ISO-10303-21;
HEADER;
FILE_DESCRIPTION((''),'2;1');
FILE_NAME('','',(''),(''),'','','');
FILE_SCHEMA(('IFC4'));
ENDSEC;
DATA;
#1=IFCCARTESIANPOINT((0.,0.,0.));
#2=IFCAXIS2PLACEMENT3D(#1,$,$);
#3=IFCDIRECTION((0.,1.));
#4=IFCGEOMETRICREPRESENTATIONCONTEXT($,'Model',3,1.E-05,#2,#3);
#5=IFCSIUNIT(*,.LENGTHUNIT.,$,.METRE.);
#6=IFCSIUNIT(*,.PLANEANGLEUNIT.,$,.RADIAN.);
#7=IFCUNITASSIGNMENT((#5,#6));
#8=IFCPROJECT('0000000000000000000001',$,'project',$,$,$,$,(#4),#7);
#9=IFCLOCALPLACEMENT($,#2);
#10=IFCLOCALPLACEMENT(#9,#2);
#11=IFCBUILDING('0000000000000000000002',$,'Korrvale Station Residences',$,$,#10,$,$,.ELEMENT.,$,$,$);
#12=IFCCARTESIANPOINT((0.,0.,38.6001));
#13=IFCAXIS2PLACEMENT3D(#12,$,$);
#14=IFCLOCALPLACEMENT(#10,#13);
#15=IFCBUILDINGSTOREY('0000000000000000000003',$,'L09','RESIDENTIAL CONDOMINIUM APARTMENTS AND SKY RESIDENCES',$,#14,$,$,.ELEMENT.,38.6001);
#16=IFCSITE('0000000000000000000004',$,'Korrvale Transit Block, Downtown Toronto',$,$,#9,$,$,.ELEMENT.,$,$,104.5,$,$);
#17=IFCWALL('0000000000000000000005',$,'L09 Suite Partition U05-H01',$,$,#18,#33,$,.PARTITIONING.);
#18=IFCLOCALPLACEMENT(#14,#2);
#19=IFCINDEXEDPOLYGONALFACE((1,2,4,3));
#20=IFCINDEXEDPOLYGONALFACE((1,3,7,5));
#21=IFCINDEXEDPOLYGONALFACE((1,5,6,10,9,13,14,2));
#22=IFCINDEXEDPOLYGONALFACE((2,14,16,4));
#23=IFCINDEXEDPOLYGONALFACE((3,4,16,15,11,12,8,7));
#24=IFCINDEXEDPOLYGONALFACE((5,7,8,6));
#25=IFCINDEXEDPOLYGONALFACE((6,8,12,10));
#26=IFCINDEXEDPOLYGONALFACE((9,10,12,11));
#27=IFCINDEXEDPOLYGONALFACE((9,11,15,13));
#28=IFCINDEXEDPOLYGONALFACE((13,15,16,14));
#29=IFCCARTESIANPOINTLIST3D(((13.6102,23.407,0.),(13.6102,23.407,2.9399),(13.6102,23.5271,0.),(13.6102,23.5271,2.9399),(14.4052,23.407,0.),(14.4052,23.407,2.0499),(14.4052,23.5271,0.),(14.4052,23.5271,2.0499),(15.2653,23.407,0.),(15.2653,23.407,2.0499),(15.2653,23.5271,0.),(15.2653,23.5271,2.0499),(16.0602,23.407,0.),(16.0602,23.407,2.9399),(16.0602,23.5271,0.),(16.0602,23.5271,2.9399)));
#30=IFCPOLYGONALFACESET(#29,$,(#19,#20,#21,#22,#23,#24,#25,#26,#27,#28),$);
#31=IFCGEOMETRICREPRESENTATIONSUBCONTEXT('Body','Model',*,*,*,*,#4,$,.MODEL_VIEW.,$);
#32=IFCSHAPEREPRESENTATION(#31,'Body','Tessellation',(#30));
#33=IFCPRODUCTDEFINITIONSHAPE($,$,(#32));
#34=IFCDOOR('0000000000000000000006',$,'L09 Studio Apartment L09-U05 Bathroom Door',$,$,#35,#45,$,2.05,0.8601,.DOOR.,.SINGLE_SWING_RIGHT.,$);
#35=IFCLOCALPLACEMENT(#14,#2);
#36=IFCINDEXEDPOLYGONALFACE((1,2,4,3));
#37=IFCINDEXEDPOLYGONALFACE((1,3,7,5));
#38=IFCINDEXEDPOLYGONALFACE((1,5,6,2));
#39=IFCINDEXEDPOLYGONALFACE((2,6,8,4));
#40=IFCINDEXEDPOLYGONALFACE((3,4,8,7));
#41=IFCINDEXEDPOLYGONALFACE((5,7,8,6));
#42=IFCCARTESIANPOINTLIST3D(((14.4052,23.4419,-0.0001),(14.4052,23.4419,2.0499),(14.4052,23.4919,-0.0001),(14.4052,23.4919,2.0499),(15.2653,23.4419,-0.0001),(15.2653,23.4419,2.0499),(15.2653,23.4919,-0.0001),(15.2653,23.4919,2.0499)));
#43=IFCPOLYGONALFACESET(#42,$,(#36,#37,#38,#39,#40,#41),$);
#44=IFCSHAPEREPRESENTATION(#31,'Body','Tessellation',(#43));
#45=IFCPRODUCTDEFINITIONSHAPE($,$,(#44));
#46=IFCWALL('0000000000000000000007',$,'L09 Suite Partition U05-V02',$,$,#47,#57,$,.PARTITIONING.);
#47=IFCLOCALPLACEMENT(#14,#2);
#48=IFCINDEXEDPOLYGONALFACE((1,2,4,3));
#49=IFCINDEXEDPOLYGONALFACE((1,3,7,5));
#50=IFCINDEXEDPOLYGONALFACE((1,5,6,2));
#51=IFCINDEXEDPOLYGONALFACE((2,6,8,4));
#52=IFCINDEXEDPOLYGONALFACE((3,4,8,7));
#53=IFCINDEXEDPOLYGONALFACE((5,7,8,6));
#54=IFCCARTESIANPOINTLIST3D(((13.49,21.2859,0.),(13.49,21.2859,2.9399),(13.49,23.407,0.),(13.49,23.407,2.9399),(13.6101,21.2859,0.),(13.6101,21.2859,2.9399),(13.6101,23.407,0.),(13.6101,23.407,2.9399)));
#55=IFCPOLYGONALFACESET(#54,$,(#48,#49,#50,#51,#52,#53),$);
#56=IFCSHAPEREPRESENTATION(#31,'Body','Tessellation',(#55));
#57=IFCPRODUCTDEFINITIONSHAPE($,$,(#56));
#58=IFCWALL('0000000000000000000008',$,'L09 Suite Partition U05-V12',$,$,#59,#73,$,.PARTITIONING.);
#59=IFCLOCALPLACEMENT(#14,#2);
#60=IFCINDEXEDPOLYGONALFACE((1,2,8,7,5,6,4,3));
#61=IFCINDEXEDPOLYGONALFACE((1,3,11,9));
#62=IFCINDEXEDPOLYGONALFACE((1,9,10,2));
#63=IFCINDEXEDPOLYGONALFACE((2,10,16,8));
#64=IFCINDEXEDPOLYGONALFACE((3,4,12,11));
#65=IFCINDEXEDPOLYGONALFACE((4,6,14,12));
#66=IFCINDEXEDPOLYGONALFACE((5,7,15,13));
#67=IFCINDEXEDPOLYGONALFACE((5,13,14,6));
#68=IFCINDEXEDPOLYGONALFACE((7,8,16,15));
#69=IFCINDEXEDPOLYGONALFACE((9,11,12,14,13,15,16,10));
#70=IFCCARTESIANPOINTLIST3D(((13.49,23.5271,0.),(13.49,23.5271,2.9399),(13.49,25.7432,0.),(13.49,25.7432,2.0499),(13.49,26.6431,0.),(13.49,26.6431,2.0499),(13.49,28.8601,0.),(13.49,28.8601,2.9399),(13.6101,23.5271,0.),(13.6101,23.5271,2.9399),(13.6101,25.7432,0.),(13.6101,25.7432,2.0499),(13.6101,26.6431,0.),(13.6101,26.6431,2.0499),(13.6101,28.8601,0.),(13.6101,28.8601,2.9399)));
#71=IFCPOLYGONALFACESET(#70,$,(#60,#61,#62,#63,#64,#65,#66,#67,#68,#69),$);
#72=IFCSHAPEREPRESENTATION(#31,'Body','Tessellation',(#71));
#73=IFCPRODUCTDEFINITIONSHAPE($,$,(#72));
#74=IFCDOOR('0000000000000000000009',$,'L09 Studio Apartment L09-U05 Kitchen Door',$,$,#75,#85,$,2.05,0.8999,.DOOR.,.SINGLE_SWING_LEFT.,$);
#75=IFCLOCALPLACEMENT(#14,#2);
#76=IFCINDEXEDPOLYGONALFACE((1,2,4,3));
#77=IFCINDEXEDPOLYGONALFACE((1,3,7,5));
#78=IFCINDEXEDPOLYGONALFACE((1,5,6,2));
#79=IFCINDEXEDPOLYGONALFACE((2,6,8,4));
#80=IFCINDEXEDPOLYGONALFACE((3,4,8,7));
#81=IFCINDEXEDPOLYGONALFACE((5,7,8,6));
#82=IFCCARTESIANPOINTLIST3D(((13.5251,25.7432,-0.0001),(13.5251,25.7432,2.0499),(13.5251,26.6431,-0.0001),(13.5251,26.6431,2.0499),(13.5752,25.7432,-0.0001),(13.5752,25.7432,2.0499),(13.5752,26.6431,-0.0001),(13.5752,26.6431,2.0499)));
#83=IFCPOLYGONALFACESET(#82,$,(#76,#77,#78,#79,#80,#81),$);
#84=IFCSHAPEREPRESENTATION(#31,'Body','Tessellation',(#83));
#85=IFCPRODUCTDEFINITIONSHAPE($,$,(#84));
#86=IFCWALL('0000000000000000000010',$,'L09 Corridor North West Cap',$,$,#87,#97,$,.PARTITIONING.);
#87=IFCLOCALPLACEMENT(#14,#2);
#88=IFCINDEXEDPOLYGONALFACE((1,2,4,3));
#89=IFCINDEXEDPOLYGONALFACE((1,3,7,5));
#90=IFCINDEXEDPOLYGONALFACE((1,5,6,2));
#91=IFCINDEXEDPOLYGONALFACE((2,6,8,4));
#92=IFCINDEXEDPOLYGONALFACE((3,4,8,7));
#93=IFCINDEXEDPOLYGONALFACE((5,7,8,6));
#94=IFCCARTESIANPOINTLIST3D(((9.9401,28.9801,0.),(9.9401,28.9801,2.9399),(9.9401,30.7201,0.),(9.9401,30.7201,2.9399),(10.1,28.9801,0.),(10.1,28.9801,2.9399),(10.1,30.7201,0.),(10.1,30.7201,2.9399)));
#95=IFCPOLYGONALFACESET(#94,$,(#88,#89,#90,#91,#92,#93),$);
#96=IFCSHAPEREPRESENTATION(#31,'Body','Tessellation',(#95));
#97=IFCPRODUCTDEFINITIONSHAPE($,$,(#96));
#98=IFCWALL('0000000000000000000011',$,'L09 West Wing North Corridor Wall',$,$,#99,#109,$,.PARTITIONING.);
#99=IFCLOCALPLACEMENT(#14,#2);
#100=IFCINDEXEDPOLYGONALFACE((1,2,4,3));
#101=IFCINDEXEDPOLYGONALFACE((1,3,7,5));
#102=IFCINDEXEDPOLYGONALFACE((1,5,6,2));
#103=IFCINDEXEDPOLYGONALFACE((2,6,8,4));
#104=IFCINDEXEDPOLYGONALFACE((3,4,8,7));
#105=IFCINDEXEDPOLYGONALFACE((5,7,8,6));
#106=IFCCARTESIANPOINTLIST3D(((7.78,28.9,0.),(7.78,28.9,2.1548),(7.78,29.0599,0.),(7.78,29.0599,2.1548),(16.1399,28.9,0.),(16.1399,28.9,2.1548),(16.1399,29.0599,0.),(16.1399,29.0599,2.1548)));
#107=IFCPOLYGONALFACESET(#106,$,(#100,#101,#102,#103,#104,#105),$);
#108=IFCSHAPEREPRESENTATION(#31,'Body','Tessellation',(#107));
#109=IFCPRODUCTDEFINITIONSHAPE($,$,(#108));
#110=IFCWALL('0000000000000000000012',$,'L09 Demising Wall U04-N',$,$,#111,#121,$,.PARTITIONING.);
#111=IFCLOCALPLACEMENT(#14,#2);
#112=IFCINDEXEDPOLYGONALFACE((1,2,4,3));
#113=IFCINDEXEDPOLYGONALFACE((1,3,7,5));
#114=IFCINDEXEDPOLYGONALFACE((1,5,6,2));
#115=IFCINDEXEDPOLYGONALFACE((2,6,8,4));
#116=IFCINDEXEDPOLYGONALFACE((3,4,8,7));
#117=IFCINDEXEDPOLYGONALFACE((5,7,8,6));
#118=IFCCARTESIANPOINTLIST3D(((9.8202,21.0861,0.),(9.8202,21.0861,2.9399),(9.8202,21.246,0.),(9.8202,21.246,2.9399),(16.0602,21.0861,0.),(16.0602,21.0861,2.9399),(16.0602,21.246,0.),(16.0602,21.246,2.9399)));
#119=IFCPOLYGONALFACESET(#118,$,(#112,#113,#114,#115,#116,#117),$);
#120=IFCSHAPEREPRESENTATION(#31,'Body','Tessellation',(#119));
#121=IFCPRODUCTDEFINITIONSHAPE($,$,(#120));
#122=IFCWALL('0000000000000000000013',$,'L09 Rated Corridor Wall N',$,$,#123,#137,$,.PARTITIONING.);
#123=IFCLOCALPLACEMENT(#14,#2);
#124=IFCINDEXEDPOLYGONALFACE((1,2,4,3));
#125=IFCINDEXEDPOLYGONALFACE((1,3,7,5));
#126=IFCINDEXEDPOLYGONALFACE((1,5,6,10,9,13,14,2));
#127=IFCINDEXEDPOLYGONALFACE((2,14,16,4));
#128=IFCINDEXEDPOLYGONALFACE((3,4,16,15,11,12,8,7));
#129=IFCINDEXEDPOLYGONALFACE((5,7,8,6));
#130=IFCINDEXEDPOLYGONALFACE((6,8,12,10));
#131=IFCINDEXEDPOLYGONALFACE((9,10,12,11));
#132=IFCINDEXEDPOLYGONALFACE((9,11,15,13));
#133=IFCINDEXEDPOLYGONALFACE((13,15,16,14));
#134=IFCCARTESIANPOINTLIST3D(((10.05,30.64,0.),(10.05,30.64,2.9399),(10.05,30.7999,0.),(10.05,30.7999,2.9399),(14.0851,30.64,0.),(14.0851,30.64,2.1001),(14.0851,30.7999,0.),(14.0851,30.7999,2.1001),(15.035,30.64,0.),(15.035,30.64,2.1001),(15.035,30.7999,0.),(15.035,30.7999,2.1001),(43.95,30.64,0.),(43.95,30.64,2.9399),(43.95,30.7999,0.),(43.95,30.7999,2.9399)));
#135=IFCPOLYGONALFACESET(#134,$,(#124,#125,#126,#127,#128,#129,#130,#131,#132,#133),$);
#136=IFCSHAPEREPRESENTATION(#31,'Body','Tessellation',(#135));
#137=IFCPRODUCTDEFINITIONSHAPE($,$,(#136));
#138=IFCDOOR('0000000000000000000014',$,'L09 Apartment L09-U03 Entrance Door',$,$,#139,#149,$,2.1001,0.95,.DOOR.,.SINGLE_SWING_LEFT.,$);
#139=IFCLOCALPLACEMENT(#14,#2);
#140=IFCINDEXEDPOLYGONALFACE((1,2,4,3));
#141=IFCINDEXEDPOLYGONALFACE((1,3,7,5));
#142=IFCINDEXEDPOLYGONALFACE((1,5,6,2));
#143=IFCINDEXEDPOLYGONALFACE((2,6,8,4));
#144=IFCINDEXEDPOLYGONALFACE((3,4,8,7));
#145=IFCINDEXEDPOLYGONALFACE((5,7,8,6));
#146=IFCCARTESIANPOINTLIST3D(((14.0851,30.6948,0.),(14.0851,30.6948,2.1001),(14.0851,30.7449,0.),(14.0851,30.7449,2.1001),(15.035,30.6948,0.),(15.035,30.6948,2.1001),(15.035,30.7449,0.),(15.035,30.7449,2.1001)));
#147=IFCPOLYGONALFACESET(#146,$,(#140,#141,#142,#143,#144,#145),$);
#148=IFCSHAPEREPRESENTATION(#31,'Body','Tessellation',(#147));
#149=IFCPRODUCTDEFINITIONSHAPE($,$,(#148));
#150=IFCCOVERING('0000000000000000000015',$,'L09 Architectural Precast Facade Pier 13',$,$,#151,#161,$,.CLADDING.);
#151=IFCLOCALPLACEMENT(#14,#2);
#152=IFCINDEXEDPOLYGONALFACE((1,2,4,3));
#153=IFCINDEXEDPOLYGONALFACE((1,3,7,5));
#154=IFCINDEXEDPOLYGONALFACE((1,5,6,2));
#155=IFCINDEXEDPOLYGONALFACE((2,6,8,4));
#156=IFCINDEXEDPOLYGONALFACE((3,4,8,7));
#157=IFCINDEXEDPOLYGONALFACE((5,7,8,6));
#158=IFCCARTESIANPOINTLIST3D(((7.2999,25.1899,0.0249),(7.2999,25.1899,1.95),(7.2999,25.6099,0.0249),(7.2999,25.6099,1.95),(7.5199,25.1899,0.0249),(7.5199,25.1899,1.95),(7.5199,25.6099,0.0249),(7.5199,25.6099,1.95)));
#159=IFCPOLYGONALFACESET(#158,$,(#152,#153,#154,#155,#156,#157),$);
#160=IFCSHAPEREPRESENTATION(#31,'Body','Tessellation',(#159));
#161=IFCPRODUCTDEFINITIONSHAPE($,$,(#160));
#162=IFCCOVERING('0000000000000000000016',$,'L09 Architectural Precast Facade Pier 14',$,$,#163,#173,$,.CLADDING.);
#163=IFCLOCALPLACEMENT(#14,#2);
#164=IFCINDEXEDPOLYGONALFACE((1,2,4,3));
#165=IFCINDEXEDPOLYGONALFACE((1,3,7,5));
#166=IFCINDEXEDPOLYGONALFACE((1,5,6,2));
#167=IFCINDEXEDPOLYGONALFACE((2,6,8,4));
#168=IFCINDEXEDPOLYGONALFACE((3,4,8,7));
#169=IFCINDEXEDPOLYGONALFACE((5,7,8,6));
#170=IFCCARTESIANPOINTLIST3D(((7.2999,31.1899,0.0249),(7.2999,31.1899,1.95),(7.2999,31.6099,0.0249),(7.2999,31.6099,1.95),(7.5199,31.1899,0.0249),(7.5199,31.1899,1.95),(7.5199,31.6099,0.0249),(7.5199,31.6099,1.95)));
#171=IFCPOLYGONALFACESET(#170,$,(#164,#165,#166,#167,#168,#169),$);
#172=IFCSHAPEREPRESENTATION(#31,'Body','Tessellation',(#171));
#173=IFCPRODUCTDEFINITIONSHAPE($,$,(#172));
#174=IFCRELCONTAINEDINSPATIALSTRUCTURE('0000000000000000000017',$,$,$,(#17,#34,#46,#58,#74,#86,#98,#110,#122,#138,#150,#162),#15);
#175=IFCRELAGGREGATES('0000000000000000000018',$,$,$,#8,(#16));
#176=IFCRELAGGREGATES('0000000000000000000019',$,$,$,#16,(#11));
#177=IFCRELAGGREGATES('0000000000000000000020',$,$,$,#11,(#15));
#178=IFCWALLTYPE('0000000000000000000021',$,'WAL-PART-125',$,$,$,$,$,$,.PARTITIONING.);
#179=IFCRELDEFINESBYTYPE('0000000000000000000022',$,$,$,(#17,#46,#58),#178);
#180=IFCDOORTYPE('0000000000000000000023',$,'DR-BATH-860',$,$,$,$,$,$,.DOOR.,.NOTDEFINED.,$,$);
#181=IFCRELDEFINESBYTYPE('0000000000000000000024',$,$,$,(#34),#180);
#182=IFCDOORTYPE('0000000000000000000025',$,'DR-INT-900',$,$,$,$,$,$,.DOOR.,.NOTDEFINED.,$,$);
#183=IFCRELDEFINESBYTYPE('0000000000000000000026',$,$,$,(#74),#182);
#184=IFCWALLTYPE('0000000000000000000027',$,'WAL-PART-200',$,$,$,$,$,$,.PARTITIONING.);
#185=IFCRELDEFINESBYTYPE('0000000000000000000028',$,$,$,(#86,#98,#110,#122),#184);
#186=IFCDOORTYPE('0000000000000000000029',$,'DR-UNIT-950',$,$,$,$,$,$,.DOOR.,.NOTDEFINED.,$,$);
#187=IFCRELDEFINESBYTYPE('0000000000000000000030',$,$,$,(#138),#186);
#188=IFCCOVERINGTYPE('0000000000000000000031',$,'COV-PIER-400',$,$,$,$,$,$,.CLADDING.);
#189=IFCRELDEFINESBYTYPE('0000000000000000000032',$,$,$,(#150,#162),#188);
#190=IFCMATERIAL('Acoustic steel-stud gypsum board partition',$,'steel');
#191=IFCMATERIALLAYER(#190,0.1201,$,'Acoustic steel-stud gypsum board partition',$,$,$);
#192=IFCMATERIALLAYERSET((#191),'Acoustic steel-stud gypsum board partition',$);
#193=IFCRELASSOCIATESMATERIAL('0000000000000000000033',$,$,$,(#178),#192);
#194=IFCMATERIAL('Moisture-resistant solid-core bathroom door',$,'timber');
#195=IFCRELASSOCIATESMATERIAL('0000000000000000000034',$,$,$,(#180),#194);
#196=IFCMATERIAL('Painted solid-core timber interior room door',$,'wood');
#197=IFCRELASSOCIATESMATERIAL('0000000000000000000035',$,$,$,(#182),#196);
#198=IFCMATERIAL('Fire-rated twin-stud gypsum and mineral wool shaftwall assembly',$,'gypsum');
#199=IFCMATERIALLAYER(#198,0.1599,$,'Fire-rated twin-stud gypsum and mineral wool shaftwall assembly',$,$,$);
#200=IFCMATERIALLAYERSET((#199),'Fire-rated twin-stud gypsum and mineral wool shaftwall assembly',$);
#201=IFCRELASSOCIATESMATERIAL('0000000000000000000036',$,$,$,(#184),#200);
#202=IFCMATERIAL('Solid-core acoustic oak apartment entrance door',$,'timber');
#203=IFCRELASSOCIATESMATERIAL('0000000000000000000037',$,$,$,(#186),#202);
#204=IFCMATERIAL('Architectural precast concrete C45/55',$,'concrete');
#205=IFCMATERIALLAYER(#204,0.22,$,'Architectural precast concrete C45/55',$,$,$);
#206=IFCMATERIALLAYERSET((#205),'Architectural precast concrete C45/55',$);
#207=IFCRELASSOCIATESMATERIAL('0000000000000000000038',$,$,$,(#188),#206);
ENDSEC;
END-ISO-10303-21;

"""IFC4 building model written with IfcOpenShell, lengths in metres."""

from ifc_helpers import new_model, si_unit, direction, frame, frame_2d, origin, origin_2d, place, context, subcontext, project, spatial, rectangle, extrude, material, layer, layer_set, type_object, element, fill, save


model = new_model("IFC4")

# Units and contexts
model_context = context("Model", 3, precision=1e-05, world=origin(), true_north=direction((0.0, 1.0)))
body_context = subcontext(model_context, "Body", "Model", "MODEL_VIEW")
ifc_project = project(units=[si_unit("LENGTHUNIT", "METRE"), si_unit("PLANEANGLEUNIT", "RADIAN")], contexts=[model_context])

# Site, building, storey
site_placement = place(None, origin())
site = spatial("IfcSite", under=ifc_project, at=site_placement, Name="Korrvale Transit Block, Downtown Toronto", CompositionType="ELEMENT", RefElevation=104.5)
building_placement = place(site_placement, origin())
building = spatial("IfcBuilding", under=site, at=building_placement, Name="Korrvale Station Residences", CompositionType="ELEMENT")
storey_placement = place(building_placement, frame((0.0, 0.0, 38.6001)))
storey = spatial("IfcBuildingStorey", under=building, at=storey_placement, Name="L09", Description="RESIDENTIAL CONDOMINIUM APARTMENTS AND SKY RESIDENCES", CompositionType="ELEMENT", Elevation=38.6001)

# Wall, opening, door
ifc_material_1 = material(Name="Acoustic steel-stud gypsum board partition", Category="steel")
ifc_layer_1 = layer(ifc_material_1, 0.1201, Name="Acoustic steel-stud gypsum board partition")
ifc_layer_set_1 = layer_set([ifc_layer_1], Name="Acoustic steel-stud gypsum board partition")
wall_type_1 = type_object("IfcWallType", Name="WAL-PART-125", PredefinedType="PARTITIONING", material=ifc_layer_set_1)
ifc_material_2 = material(Name="Moisture-resistant solid-core bathroom door", Category="timber")
door_type_1 = type_object("IfcDoorType", Name="DR-BATH-860", OperationType="NOTDEFINED", PredefinedType="DOOR", material=ifc_material_2)
ifc_material_3 = material(Name="Painted solid-core timber interior room door", Category="wood")
door_type_2 = type_object("IfcDoorType", Name="DR-INT-900", OperationType="NOTDEFINED", PredefinedType="DOOR", material=ifc_material_3)
wall_1_placement = place(storey_placement, frame((13.6101, 23.467, 0.0), z_axis=(0.0, 0.0, 1.0), x_axis=(1.0, 0.0, 0.0)))
wall_1 = element("IfcWall", 1, at=wall_1_placement, inside=storey, type_object=wall_type_1, Name="L09 Suite Partition U05-H01", PredefinedType="PARTITIONING", context=body_context, shape_type="SweptSolid", body=[
    extrude(rectangle(XDim=2.45, YDim=0.1201, at=frame_2d((1.2251, 0.0))), origin(), (0.0, 0.0, 1.0), 2.9399),
])
opening_1_placement = place(wall_1_placement, frame((0.7949, 0.0, 0.0)))
opening_1 = element("IfcOpeningElement", 2, at=opening_1_placement, cuts=wall_1, PredefinedType="OPENING", context=body_context, shape_type="SweptSolid", body=[
    extrude(rectangle(XDim=0.8601, YDim=2.05, at=frame_2d((0.4302, 1.0249))), frame((0.0, 0.0701, 0.0), z_axis=(0.0, -1.0, 0.0), x_axis=(1.0, 0.0, 0.0)), (0.0, 0.0, 1.0), 0.1401),
])
door_1_placement = place(opening_1_placement, origin())
door_1 = element("IfcDoor", 3, at=door_1_placement, inside=storey, type_object=door_type_1, Name="L09 Studio Apartment L09-U05 Bathroom Door", OperationType="SINGLE_SWING_RIGHT", OverallHeight=2.05, OverallWidth=0.8601, PredefinedType="DOOR", context=body_context, shape_type="SweptSolid", body=[
    extrude(rectangle(XDim=0.8601, YDim=2.05, at=frame_2d((0.4302, 1.0249))), frame((0.0, 0.0249, 0.0), z_axis=(0.0, -1.0, 0.0), x_axis=(1.0, 0.0, 0.0)), (0.0, 0.0, 1.0), 0.05),
])
fill(opening_1, door_1)

# Wall
wall_2_placement = place(storey_placement, frame((13.55, 21.2859, 0.0), z_axis=(0.0, 0.0, 1.0), x_axis=(0.0, 1.0, 0.0)))
element("IfcWall", 4, at=wall_2_placement, inside=storey, type_object=wall_type_1, Name="L09 Suite Partition U05-V02", PredefinedType="PARTITIONING", context=body_context, shape_type="SweptSolid", body=[
    extrude(rectangle(XDim=2.1211, YDim=0.1201, at=frame_2d((1.0605, 0.0))), origin(), (0.0, 0.0, 1.0), 2.9399),
])

# Wall, opening, door
wall_3_placement = place(storey_placement, frame((13.55, 23.5271, 0.0), z_axis=(0.0, 0.0, 1.0), x_axis=(0.0, 1.0, 0.0)))
wall_3 = element("IfcWall", 5, at=wall_3_placement, inside=storey, type_object=wall_type_1, Name="L09 Suite Partition U05-V12", PredefinedType="PARTITIONING", context=body_context, shape_type="SweptSolid", body=[
    extrude(rectangle(XDim=5.333, YDim=0.1201, at=frame_2d((2.6665, 0.0))), origin(), (0.0, 0.0, 1.0), 2.9399),
])
opening_2_placement = place(wall_3_placement, frame((2.2161, 0.0, 0.0)))
opening_2 = element("IfcOpeningElement", 6, at=opening_2_placement, cuts=wall_3, PredefinedType="OPENING", context=body_context, shape_type="SweptSolid", body=[
    extrude(rectangle(XDim=0.8999, YDim=2.05, at=frame_2d((0.45, 1.0249))), frame((0.0, 0.0701, 0.0), z_axis=(0.0, -1.0, 0.0), x_axis=(1.0, 0.0, 0.0)), (0.0, 0.0, 1.0), 0.1401),
])
door_2_placement = place(opening_2_placement, origin())
door_2 = element("IfcDoor", 7, at=door_2_placement, inside=storey, type_object=door_type_2, Name="L09 Studio Apartment L09-U05 Kitchen Door", OperationType="SINGLE_SWING_LEFT", OverallHeight=2.05, OverallWidth=0.8999, PredefinedType="DOOR", context=body_context, shape_type="SweptSolid", body=[
    extrude(rectangle(XDim=0.8999, YDim=2.05, at=frame_2d((0.45, 1.0249))), frame((0.0, 0.0249, 0.0), z_axis=(0.0, -1.0, 0.0), x_axis=(1.0, 0.0, 0.0)), (0.0, 0.0, 1.0), 0.05),
])
fill(opening_2, door_2)

# Walls
ifc_material_4 = material(Name="Fire-rated twin-stud gypsum and mineral wool shaftwall assembly", Category="gypsum")
ifc_layer_2 = layer(ifc_material_4, 0.1599, Name="Fire-rated twin-stud gypsum and mineral wool shaftwall assembly")
ifc_layer_set_2 = layer_set([ifc_layer_2], Name="Fire-rated twin-stud gypsum and mineral wool shaftwall assembly")
wall_type_2 = type_object("IfcWallType", Name="WAL-PART-200", PredefinedType="PARTITIONING", material=ifc_layer_set_2)
wall_4_placement = place(storey_placement, frame((10.02, 28.98, 0.0), z_axis=(0.0, 0.0, 1.0), x_axis=(0.0, 1.0, 0.0)))
element("IfcWall", 8, at=wall_4_placement, inside=storey, type_object=wall_type_2, Name="L09 Corridor North West Cap", PredefinedType="PARTITIONING", context=body_context, shape_type="SweptSolid", body=[
    extrude(rectangle(XDim=1.74, YDim=0.1599, at=frame_2d((0.8701, 0.0))), origin(), (0.0, 0.0, 1.0), 2.9399),
])
wall_5_placement = place(storey_placement, frame((7.78, 28.98, 0.0), z_axis=(0.0, 0.0, 1.0), x_axis=(1.0, 0.0, 0.0)))
element("IfcWall", 9, at=wall_5_placement, inside=storey, type_object=wall_type_2, Name="L09 West Wing North Corridor Wall", PredefinedType="PARTITIONING", context=body_context, shape_type="SweptSolid", body=[
    extrude(rectangle(XDim=8.3599, YDim=0.1599, at=frame_2d((4.1799, 0.0))), origin(), (0.0, 0.0, 1.0), 2.1548),
])
wall_6_placement = place(storey_placement, frame((9.8201, 21.166, 0.0), z_axis=(0.0, 0.0, 1.0), x_axis=(1.0, 0.0, 0.0)))
element("IfcWall", 10, at=wall_6_placement, inside=storey, type_object=wall_type_2, Name="L09 Demising Wall U04-N", PredefinedType="PARTITIONING", context=body_context, shape_type="SweptSolid", body=[
    extrude(rectangle(XDim=6.24, YDim=0.1599, at=frame_2d((3.1201, 0.0))), origin(), (0.0, 0.0, 1.0), 2.9399),
])

# Wall, opening, door
wall_7_placement = place(storey_placement, frame((10.05, 30.72, 0.0), z_axis=(0.0, 0.0, 1.0), x_axis=(1.0, 0.0, 0.0)))
wall_7 = element("IfcWall", 11, at=wall_7_placement, inside=storey, type_object=wall_type_2, Name="L09 Rated Corridor Wall N", PredefinedType="PARTITIONING", context=body_context, shape_type="SweptSolid", body=[
    extrude(rectangle(XDim=33.8999, YDim=0.1599, at=frame_2d((16.95, 0.0))), origin(), (0.0, 0.0, 1.0), 2.9399),
])
opening_3_placement = place(wall_7_placement, frame((4.0349, 0.0, 0.0)))
opening_3 = element("IfcOpeningElement", 12, at=opening_3_placement, cuts=wall_7, PredefinedType="OPENING", context=body_context, shape_type="SweptSolid", body=[
    extrude(rectangle(XDim=0.95, YDim=2.1001, at=frame_2d((0.4751, 1.05))), frame((0.0, 0.0898, 0.0), z_axis=(0.0, -1.0, 0.0), x_axis=(1.0, 0.0, 0.0)), (0.0, 0.0, 1.0), 0.1799),
])
ifc_material_5 = material(Name="Solid-core acoustic oak apartment entrance door", Category="timber")
door_type_3 = type_object("IfcDoorType", Name="DR-UNIT-950", OperationType="NOTDEFINED", PredefinedType="DOOR", material=ifc_material_5)
door_3_placement = place(opening_3_placement, origin())
door_3 = element("IfcDoor", 13, at=door_3_placement, inside=storey, type_object=door_type_3, Name="L09 Apartment L09-U03 Entrance Door", OperationType="SINGLE_SWING_LEFT", OverallHeight=2.1001, OverallWidth=0.95, PredefinedType="DOOR", context=body_context, shape_type="SweptSolid", body=[
    extrude(rectangle(XDim=0.95, YDim=2.1001, at=frame_2d((0.4751, 1.05))), frame((0.0, 0.0249, 0.0), z_axis=(0.0, -1.0, 0.0), x_axis=(1.0, 0.0, 0.0)), (0.0, 0.0, 1.0), 0.05),
])
fill(opening_3, door_3)

# Coverings
ifc_material_6 = material(Name="Architectural precast concrete C45/55", Category="concrete")
ifc_layer_3 = layer(ifc_material_6, 0.22, Name="Architectural precast concrete C45/55")
ifc_layer_set_3 = layer_set([ifc_layer_3], Name="Architectural precast concrete C45/55")
covering_type = type_object("IfcCoveringType", Name="COV-PIER-400", PredefinedType="CLADDING", material=ifc_layer_set_3)
for number, where, z_axis, x_axis, name in (
    (14, (7.4099, 25.3999, 0.0249), (0.0, 0.0, 1.0), (0.0, 1.0, 0.0), "L09 Architectural Precast Facade Pier 13"),
    (15, (7.4099, 31.3999, 0.0249), (0.0, 0.0, 1.0), (0.0, 1.0, 0.0), "L09 Architectural Precast Facade Pier 14"),
):
    element("IfcCovering", number, at=place(storey_placement, frame(where, z_axis=z_axis, x_axis=x_axis)), inside=storey, type_object=covering_type, Name=name, PredefinedType="CLADDING", context=body_context, shape_type="SweptSolid", body=[
        extrude(rectangle(XDim=0.4199, YDim=0.22, at=origin_2d()), origin(), (0.0, 0.0, 1.0), 1.925),
    ])

save(model, "model.ifc")
